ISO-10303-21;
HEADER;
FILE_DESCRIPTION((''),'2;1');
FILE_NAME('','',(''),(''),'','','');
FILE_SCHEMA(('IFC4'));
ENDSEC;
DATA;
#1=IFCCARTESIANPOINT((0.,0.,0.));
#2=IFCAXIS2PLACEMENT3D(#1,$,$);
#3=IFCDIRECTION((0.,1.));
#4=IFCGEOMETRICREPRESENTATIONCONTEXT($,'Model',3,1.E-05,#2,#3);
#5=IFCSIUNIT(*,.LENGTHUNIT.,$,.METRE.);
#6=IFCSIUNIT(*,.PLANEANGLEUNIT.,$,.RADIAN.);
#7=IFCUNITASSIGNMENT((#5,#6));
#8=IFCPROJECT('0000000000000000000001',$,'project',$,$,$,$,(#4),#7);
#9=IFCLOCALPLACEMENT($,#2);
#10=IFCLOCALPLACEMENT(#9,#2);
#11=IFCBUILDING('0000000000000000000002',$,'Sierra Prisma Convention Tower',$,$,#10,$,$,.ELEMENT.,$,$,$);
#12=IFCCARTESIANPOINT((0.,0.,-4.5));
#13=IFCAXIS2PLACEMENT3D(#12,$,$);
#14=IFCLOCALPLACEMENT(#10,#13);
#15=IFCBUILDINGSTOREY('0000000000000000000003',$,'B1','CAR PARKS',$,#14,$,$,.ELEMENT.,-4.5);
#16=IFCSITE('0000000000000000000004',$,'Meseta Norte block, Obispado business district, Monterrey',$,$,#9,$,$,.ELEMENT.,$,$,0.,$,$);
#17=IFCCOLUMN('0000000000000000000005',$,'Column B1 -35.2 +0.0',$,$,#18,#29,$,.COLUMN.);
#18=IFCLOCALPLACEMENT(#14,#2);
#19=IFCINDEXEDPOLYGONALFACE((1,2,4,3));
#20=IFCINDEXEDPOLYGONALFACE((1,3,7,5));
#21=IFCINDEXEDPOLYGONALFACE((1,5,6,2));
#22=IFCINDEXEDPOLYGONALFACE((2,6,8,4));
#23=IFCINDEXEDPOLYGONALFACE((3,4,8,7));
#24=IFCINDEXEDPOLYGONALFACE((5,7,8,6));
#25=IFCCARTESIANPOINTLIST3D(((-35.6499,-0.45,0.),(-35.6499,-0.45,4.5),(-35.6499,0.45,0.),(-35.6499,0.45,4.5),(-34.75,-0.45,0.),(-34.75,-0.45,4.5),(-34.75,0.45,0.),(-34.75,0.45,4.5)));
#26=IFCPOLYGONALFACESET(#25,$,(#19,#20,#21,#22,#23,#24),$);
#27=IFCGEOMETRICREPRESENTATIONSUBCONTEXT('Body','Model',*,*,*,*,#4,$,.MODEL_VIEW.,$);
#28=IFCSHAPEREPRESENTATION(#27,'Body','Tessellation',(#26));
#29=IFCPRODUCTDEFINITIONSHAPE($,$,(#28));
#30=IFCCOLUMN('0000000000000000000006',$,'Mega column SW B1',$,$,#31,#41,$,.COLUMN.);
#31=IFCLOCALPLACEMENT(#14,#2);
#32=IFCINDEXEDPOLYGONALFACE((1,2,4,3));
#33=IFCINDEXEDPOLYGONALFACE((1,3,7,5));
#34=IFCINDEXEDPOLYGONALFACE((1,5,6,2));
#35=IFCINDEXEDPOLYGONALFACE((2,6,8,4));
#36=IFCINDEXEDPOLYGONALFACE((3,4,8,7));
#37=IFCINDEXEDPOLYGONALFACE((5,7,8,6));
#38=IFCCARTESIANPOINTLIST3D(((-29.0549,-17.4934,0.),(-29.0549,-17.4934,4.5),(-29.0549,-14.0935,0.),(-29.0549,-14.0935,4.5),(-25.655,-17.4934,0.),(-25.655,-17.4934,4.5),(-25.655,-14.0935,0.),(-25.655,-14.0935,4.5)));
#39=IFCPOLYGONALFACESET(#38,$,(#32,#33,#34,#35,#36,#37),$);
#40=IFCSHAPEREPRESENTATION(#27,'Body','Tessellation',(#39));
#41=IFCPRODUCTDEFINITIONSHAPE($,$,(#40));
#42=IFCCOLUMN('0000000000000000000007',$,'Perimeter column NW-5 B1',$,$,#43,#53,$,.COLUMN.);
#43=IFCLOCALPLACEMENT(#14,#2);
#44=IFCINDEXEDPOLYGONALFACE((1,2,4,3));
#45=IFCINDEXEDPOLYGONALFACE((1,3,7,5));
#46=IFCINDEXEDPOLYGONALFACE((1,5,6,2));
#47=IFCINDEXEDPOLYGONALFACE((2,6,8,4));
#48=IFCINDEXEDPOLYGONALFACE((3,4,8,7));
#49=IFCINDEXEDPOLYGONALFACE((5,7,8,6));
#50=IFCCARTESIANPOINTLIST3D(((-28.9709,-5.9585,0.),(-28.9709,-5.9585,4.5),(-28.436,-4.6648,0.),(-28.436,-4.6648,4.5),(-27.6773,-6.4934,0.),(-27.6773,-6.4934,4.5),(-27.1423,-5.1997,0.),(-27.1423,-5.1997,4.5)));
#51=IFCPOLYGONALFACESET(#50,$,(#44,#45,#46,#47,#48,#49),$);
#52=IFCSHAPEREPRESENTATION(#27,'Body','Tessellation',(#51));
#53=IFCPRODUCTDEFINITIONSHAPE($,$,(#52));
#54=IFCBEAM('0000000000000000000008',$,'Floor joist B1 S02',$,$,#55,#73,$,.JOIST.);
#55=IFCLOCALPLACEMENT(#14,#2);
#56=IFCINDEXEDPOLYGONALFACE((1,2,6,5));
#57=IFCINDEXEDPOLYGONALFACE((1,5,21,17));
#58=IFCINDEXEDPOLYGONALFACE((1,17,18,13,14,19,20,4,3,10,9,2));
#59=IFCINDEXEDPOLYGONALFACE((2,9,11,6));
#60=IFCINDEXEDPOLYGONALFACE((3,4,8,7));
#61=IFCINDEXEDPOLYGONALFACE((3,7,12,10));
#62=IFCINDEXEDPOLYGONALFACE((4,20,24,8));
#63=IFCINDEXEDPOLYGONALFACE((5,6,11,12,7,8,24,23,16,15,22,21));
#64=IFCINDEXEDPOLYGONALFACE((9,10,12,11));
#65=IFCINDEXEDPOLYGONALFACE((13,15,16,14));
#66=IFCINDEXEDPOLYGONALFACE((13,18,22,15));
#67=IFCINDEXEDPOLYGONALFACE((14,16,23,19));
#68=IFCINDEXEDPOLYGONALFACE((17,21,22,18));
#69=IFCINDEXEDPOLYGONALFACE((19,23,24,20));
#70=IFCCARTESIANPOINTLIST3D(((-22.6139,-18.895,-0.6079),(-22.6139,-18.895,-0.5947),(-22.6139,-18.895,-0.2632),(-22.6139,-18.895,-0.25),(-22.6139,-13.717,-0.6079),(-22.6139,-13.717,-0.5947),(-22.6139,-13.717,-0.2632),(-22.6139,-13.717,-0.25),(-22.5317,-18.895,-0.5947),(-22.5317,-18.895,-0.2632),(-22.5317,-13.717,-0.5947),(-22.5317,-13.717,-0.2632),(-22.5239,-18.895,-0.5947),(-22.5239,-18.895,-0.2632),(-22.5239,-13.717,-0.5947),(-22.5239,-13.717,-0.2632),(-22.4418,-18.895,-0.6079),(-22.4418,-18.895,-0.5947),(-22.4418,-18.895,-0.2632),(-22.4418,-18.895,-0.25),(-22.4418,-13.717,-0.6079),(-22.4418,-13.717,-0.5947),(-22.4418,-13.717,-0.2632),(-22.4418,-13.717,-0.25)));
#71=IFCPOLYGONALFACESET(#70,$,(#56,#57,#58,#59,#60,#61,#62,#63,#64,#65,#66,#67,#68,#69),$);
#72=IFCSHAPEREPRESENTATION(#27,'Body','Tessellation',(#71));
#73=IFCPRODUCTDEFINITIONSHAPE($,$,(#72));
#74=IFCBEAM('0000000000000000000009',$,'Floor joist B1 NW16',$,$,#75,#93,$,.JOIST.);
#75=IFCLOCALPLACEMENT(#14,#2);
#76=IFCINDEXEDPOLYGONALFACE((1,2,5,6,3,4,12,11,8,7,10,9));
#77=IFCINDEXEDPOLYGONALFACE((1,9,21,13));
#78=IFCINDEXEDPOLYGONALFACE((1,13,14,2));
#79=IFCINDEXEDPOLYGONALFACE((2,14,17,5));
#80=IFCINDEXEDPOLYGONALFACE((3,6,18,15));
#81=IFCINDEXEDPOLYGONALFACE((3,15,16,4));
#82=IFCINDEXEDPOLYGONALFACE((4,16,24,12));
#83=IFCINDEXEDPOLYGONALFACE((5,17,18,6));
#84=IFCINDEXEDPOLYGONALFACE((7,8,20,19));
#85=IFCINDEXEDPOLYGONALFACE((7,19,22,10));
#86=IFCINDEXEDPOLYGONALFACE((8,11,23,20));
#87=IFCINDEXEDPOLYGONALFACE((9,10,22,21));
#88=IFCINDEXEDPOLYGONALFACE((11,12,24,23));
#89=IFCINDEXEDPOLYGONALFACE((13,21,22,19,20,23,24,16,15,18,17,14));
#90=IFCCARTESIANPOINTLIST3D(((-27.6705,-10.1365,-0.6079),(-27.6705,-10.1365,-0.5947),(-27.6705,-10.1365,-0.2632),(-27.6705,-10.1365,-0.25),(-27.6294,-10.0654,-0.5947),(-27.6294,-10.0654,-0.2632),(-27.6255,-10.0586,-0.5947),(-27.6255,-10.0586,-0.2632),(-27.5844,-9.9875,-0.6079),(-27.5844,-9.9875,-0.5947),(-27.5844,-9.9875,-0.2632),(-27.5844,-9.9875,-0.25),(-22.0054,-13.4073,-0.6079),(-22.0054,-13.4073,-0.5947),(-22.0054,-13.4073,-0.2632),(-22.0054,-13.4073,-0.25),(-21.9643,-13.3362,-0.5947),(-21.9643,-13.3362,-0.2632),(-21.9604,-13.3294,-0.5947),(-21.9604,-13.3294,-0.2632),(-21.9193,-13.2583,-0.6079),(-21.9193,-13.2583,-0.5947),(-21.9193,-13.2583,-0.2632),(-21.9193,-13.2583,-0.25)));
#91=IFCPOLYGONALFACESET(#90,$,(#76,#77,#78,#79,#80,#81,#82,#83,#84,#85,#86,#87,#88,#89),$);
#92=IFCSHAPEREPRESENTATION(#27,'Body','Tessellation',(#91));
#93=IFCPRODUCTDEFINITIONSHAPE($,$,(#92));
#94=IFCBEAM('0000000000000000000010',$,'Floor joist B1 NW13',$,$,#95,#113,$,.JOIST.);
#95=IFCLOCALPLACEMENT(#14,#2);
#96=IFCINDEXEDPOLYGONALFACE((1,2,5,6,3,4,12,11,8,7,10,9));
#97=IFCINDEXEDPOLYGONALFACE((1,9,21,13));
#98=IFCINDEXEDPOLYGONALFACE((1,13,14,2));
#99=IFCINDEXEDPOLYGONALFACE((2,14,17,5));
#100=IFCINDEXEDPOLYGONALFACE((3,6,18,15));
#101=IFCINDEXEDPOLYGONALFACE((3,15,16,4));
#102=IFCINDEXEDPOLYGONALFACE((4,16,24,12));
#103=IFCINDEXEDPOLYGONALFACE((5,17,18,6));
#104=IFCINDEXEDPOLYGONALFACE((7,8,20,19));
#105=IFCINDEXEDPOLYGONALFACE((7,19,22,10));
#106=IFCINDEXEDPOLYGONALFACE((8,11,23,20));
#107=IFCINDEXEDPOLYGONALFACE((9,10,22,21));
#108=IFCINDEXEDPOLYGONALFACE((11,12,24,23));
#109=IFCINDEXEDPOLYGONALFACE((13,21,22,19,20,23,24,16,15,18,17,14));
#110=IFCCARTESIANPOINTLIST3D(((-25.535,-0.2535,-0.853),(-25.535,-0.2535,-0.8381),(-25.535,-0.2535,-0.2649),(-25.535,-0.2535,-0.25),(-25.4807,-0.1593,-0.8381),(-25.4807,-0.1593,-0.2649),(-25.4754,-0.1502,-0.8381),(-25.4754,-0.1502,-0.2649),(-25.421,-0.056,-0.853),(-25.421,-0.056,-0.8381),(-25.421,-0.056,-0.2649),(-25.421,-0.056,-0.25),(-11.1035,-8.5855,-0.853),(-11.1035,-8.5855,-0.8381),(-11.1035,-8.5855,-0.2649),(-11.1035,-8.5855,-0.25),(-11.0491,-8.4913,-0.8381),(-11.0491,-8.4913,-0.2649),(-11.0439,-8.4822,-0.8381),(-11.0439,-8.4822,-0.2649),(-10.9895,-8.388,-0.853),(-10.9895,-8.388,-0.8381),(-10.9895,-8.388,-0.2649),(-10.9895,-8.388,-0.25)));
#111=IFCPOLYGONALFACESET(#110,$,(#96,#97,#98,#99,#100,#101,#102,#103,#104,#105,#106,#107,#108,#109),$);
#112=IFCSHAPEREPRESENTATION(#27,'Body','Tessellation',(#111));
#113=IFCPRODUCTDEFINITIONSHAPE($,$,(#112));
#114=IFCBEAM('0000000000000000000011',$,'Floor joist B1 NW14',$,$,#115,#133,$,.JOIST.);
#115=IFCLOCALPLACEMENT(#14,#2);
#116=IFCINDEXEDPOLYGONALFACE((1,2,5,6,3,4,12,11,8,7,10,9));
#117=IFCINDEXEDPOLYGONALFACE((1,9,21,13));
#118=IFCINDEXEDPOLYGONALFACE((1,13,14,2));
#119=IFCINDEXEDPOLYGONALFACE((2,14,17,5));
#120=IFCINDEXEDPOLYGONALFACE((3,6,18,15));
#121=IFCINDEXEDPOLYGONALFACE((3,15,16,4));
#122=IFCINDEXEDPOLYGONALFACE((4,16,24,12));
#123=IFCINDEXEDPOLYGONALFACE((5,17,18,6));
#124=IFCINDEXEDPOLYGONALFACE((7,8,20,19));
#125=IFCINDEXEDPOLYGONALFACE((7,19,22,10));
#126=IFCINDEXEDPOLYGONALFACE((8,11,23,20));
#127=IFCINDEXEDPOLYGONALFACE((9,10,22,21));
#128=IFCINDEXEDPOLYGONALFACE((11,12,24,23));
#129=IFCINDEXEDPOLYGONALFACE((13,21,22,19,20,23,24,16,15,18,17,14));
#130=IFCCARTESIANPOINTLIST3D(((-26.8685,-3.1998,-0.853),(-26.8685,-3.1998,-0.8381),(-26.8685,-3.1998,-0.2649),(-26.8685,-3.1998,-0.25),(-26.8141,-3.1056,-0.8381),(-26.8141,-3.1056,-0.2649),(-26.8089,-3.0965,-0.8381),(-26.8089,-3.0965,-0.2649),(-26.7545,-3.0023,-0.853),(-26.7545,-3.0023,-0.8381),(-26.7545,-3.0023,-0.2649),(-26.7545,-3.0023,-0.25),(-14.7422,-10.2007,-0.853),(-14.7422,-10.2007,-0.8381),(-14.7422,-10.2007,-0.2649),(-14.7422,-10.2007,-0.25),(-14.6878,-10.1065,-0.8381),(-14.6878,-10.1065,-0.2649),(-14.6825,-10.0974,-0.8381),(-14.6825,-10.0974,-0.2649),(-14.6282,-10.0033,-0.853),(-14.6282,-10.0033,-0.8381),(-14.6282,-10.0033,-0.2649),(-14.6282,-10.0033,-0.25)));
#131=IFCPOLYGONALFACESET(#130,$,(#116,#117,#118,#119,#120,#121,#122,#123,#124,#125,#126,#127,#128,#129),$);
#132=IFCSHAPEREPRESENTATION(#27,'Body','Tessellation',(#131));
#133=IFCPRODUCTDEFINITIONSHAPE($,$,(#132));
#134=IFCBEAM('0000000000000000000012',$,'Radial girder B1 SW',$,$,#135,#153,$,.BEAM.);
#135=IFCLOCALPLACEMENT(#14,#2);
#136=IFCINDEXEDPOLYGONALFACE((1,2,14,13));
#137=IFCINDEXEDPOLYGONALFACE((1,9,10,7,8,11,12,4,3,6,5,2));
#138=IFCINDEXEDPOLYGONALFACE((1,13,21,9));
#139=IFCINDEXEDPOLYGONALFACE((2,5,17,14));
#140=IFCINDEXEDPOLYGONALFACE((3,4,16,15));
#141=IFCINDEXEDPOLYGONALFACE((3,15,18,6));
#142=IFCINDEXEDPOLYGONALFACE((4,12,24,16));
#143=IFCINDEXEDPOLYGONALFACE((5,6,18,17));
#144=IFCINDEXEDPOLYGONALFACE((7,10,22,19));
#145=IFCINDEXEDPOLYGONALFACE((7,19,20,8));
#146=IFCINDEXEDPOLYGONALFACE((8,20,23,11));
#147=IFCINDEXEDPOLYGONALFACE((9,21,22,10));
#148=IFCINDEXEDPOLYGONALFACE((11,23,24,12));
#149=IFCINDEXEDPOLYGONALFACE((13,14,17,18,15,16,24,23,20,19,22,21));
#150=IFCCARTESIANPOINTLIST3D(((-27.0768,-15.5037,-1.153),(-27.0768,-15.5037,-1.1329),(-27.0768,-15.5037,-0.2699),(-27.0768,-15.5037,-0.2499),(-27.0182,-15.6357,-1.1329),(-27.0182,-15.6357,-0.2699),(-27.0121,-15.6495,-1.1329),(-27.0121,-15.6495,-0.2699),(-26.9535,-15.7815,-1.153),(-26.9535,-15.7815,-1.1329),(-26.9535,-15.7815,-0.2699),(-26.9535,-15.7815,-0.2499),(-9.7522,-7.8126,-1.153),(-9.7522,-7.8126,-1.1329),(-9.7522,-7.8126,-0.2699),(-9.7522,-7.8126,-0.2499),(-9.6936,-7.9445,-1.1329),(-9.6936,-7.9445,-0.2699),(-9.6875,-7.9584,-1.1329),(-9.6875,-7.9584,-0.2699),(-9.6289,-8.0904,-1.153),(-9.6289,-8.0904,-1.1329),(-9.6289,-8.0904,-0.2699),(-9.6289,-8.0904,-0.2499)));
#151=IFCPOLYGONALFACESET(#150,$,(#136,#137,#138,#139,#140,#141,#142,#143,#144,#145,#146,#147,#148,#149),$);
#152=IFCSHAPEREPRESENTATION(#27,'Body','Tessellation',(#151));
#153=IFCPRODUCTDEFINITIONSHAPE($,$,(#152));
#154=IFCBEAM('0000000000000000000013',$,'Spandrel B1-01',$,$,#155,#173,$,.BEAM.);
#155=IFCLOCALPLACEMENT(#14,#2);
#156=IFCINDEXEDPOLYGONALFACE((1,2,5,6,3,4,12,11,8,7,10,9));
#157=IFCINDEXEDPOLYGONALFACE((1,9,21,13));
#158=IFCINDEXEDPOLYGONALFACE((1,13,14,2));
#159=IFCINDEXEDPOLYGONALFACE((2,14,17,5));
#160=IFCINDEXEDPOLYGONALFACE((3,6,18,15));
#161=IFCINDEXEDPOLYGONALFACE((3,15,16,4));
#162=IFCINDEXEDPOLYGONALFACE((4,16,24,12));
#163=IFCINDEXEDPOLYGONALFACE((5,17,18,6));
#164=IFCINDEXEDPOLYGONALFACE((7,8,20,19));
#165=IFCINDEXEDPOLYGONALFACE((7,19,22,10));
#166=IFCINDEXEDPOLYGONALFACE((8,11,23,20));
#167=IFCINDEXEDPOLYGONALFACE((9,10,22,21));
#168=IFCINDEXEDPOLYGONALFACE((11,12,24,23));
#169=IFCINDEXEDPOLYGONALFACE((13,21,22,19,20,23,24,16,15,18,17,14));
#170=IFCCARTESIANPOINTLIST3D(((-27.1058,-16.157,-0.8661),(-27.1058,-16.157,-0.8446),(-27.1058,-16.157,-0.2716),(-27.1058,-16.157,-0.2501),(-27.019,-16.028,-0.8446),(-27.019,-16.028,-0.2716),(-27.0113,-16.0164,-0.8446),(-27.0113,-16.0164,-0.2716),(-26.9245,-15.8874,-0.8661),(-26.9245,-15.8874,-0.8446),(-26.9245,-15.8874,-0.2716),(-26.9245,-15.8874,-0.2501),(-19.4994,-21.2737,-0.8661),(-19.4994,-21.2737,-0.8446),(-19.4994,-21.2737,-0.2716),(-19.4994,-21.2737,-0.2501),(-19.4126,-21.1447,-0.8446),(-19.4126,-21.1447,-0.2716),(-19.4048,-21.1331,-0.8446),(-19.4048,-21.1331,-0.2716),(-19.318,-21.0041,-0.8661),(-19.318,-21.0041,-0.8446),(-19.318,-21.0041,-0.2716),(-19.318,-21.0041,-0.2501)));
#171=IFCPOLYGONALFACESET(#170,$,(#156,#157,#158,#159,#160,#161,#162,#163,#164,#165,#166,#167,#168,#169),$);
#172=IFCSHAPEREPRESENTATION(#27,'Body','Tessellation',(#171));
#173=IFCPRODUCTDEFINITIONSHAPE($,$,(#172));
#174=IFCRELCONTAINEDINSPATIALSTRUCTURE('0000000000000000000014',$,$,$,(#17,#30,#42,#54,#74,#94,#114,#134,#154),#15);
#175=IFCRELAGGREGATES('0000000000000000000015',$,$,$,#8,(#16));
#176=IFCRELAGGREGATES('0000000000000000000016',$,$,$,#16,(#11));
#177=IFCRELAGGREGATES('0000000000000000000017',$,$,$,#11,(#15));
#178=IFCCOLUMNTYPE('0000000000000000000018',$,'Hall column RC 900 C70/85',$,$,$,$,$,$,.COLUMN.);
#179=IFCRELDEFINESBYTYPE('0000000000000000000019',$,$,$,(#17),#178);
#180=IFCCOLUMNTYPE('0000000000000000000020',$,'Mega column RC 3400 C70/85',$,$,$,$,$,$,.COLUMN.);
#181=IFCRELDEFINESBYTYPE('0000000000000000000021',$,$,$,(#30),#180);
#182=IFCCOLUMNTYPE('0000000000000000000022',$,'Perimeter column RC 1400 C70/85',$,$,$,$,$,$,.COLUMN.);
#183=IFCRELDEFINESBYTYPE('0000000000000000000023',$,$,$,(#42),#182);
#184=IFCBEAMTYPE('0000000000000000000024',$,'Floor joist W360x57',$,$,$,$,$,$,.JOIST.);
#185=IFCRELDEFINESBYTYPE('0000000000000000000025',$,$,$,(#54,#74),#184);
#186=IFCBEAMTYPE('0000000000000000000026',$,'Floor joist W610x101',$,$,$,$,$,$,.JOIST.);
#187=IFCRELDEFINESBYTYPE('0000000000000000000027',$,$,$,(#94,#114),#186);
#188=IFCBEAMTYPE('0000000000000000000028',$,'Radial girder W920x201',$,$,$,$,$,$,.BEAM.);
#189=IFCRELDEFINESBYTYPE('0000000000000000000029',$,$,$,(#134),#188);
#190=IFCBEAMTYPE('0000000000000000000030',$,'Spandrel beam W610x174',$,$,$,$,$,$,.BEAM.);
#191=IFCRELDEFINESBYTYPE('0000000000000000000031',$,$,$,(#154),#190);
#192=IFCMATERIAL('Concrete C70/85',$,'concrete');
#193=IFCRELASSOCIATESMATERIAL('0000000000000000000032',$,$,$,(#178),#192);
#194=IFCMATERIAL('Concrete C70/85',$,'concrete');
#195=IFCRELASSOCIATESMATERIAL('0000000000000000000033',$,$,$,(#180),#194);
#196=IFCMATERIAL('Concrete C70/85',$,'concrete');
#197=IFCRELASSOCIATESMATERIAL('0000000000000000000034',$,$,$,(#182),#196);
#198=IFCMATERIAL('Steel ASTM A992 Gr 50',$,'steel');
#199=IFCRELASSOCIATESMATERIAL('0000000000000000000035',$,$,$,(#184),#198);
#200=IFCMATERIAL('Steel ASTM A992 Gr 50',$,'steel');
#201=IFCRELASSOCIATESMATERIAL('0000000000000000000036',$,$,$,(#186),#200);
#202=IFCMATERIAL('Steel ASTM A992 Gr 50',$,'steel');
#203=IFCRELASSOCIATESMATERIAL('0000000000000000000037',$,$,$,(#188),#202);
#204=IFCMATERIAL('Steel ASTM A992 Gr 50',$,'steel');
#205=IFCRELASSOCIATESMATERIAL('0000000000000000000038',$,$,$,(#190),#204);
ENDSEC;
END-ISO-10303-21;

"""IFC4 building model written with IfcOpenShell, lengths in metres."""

from ifc_helpers import new_model, si_unit, direction, frame, origin, origin_2d, place, context, subcontext, project, spatial, rectangle, i_section, extrude, material, material_profile, profile_set, type_object, element, save


model = new_model("IFC4")

# Units and contexts
model_context = context("Model", 3, precision=1e-05, world=origin(), true_north=direction((0.0, 1.0)))
body_context = subcontext(model_context, "Body", "Model", "MODEL_VIEW")
ifc_project = project(units=[si_unit("LENGTHUNIT", "METRE"), si_unit("PLANEANGLEUNIT", "RADIAN")], contexts=[model_context])

# Site, building, storey
site_placement = place(None, origin())
site = spatial("IfcSite", under=ifc_project, at=site_placement, Name="Meseta Norte block, Obispado business district, Monterrey", CompositionType="ELEMENT", RefElevation=0.0)
building_placement = place(site_placement, origin())
building = spatial("IfcBuilding", under=site, at=building_placement, Name="Sierra Prisma Convention Tower", CompositionType="ELEMENT")
storey_placement = place(building_placement, frame((0.0, 0.0, -4.5)))
storey = spatial("IfcBuildingStorey", under=building, at=storey_placement, Name="B1", Description="CAR PARKS", CompositionType="ELEMENT", Elevation=-4.5)

# Columns
ifc_material_1 = material(Name="Concrete C70/85", Category="concrete")
ifc_material_profile_1 = material_profile(ifc_material_1, rectangle(XDim=0.8999, YDim=0.8999, at=origin_2d()), Name="Hall column RC 900 C70/85")
ifc_profile_set_1 = profile_set([ifc_material_profile_1], Name="Concrete C70/85")
column_type_1 = type_object("IfcColumnType", Name="Hall column RC 900 C70/85", PredefinedType="COLUMN", material=ifc_profile_set_1)
column_1_placement = place(storey_placement, frame((-35.2, 0.0, 0.0), z_axis=(0.0, 0.0, 1.0), x_axis=(1.0, 0.0, 0.0)))
element("IfcColumn", 1, at=column_1_placement, inside=storey, type_object=column_type_1, Name="Column B1 -35.2 +0.0", PredefinedType="COLUMN", context=body_context, shape_type="SweptSolid", body=[
    extrude(rectangle(XDim=0.8999, YDim=0.8999, at=origin_2d()), origin(), (0.0, 0.0, 1.0), 4.5),
])
ifc_material_2 = material(Name="Concrete C70/85", Category="concrete")
ifc_material_profile_2 = material_profile(ifc_material_2, rectangle(XDim=3.3999, YDim=3.3999, at=origin_2d()), Name="Mega column RC 3400 C70/85")
ifc_profile_set_2 = profile_set([ifc_material_profile_2], Name="Concrete C70/85")
column_type_2 = type_object("IfcColumnType", Name="Mega column RC 3400 C70/85", PredefinedType="COLUMN", material=ifc_profile_set_2)
column_2_placement = place(storey_placement, frame((-27.355, -15.7935, 0.0), z_axis=(0.0, 0.0, 1.0), x_axis=(1.0, 0.0, 0.0)))
element("IfcColumn", 2, at=column_2_placement, inside=storey, type_object=column_type_2, Name="Mega column SW B1", PredefinedType="COLUMN", context=body_context, shape_type="SweptSolid", body=[
    extrude(rectangle(XDim=3.3999, YDim=3.3999, at=origin_2d()), origin(), (0.0, 0.0, 1.0), 4.5),
])
ifc_material_3 = material(Name="Concrete C70/85", Category="concrete")
ifc_material_profile_3 = material_profile(ifc_material_3, rectangle(XDim=1.3999, YDim=1.3999, at=origin_2d()), Name="Perimeter column RC 1400 C70/85")
ifc_profile_set_3 = profile_set([ifc_material_profile_3], Name="Concrete C70/85")
column_type_3 = type_object("IfcColumnType", Name="Perimeter column RC 1400 C70/85", PredefinedType="COLUMN", material=ifc_profile_set_3)
column_3_placement = place(storey_placement, frame((-28.0566, -5.5791, 0.0), z_axis=(0.0, 0.0, 1.0), x_axis=(0.382135, 0.924106, 0.0)))
element("IfcColumn", 3, at=column_3_placement, inside=storey, type_object=column_type_3, Name="Perimeter column NW-5 B1", PredefinedType="COLUMN", context=body_context, shape_type="SweptSolid", body=[
    extrude(rectangle(XDim=1.3999, YDim=1.3999, at=origin_2d()), origin(), (0.0, 0.0, 1.0), 4.5),
])

# Beams
ifc_material_4 = material(Name="Steel ASTM A992 Gr 50", Category="steel")
ifc_material_profile_4 = material_profile(ifc_material_4, i_section(OverallWidth=0.1721, OverallDepth=0.3579, WebThickness=0.0078, FlangeThickness=0.0132, at=origin_2d()), Name="W360x57")
ifc_profile_set_4 = profile_set([ifc_material_profile_4], Name="Steel ASTM A992 Gr 50")
beam_type_1 = type_object("IfcBeamType", Name="Floor joist W360x57", PredefinedType="JOIST", material=ifc_profile_set_4)
beam_1_placement = place(storey_placement, frame((-22.5278, -18.895, -0.429), z_axis=(0.0, 1.0, 0.0), x_axis=(-1.0, 0.0, 0.0)))
element("IfcBeam", 4, at=beam_1_placement, inside=storey, type_object=beam_type_1, Name="Floor joist B1 S02", PredefinedType="JOIST", context=body_context, shape_type="SweptSolid", body=[
    extrude(i_section(OverallWidth=0.1721, OverallDepth=0.3579, WebThickness=0.0078, FlangeThickness=0.0132, at=origin_2d()), origin(), (0.0, 0.0, 1.0), 5.178),
])
beam_2_placement = place(storey_placement, frame((-27.6274, -10.062, -0.429), z_axis=(0.866023, -0.500005, 0.0), x_axis=(0.500005, 0.866023, 0.0)))
element("IfcBeam", 5, at=beam_2_placement, inside=storey, type_object=beam_type_1, Name="Floor joist B1 NW16", PredefinedType="JOIST", context=body_context, shape_type="SweptSolid", body=[
    extrude(i_section(OverallWidth=0.1721, OverallDepth=0.3579, WebThickness=0.0078, FlangeThickness=0.0132, at=origin_2d()), origin(), (0.0, 0.0, 1.0), 6.5415),
])
ifc_material_5 = material(Name="Steel ASTM A992 Gr 50", Category="steel")
ifc_material_profile_5 = material_profile(ifc_material_5, i_section(OverallWidth=0.228, OverallDepth=0.603, WebThickness=0.0105, FlangeThickness=0.0149, at=origin_2d()), Name="W610x101")
ifc_profile_set_5 = profile_set([ifc_material_profile_5], Name="Steel ASTM A992 Gr 50")
beam_type_2 = type_object("IfcBeamType", Name="Floor joist W610x101", PredefinedType="JOIST", material=ifc_profile_set_5)
beam_3_placement = place(storey_placement, frame((-25.478, -0.1548, -0.5515), z_axis=(0.866027, -0.499996, 0.0), x_axis=(0.499996, 0.866027, 0.0)))
element("IfcBeam", 6, at=beam_3_placement, inside=storey, type_object=beam_type_2, Name="Floor joist B1 NW13", PredefinedType="JOIST", context=body_context, shape_type="SweptSolid", body=[
    extrude(i_section(OverallWidth=0.228, OverallDepth=0.603, WebThickness=0.0105, FlangeThickness=0.0149, at=origin_2d()), origin(), (0.0, 0.0, 1.0), 16.6641),
])
beam_4_placement = place(storey_placement, frame((-26.8115, -3.1011, -0.5515), z_axis=(0.866033, -0.499987, 0.0), x_axis=(0.499987, 0.866033, 0.0)))
element("IfcBeam", 7, at=beam_4_placement, inside=storey, type_object=beam_type_2, Name="Floor joist B1 NW14", PredefinedType="JOIST", context=body_context, shape_type="SweptSolid", body=[
    extrude(i_section(OverallWidth=0.228, OverallDepth=0.603, WebThickness=0.0105, FlangeThickness=0.0149, at=origin_2d()), origin(), (0.0, 0.0, 1.0), 14.0022),
])
ifc_material_6 = material(Name="Steel ASTM A992 Gr 50", Category="steel")
ifc_material_profile_6 = material_profile(ifc_material_6, i_section(OverallWidth=0.304, OverallDepth=0.9031, WebThickness=0.0151, FlangeThickness=0.02, at=origin_2d()), Name="W920x201")
ifc_profile_set_6 = profile_set([ifc_material_profile_6], Name="Steel ASTM A992 Gr 50")
beam_type_3 = type_object("IfcBeamType", Name="Radial girder W920x201", PredefinedType="BEAM", material=ifc_profile_set_6)
beam_5_placement = place(storey_placement, frame((-27.0151, -15.6426, -0.7014), z_axis=(0.913982, 0.405755, 0.0), x_axis=(-0.405755, 0.913982, 0.0)))
element("IfcBeam", 8, at=beam_5_placement, inside=storey, type_object=beam_type_3, Name="Radial girder B1 SW", PredefinedType="BEAM", context=body_context, shape_type="SweptSolid", body=[
    extrude(i_section(OverallWidth=0.304, OverallDepth=0.9031, WebThickness=0.0151, FlangeThickness=0.02, at=origin_2d()), origin(), (0.0, 0.0, 1.0), 18.9551),
])
ifc_material_7 = material(Name="Steel ASTM A992 Gr 50", Category="steel")
ifc_material_profile_7 = material_profile(ifc_material_7, i_section(OverallWidth=0.325, OverallDepth=0.616, WebThickness=0.0139, FlangeThickness=0.0215, at=origin_2d()), Name="W610x174")
ifc_profile_set_7 = profile_set([ifc_material_profile_7], Name="Steel ASTM A992 Gr 50")
beam_type_4 = type_object("IfcBeamType", Name="Spandrel beam W610x174", PredefinedType="BEAM", material=ifc_profile_set_7)
beam_6_placement = place(storey_placement, frame((-27.0151, -16.0222, -0.5581), z_axis=(0.82974, -0.558149, 0.0), x_axis=(0.558149, 0.82974, 0.0)))
element("IfcBeam", 9, at=beam_6_placement, inside=storey, type_object=beam_type_4, Name="Spandrel B1-01", PredefinedType="BEAM", context=body_context, shape_type="SweptSolid", body=[
    extrude(i_section(OverallWidth=0.325, OverallDepth=0.616, WebThickness=0.0139, FlangeThickness=0.0215, at=origin_2d()), origin(), (0.0, 0.0, 1.0), 9.1672),
])

save(model, "model.ifc")
